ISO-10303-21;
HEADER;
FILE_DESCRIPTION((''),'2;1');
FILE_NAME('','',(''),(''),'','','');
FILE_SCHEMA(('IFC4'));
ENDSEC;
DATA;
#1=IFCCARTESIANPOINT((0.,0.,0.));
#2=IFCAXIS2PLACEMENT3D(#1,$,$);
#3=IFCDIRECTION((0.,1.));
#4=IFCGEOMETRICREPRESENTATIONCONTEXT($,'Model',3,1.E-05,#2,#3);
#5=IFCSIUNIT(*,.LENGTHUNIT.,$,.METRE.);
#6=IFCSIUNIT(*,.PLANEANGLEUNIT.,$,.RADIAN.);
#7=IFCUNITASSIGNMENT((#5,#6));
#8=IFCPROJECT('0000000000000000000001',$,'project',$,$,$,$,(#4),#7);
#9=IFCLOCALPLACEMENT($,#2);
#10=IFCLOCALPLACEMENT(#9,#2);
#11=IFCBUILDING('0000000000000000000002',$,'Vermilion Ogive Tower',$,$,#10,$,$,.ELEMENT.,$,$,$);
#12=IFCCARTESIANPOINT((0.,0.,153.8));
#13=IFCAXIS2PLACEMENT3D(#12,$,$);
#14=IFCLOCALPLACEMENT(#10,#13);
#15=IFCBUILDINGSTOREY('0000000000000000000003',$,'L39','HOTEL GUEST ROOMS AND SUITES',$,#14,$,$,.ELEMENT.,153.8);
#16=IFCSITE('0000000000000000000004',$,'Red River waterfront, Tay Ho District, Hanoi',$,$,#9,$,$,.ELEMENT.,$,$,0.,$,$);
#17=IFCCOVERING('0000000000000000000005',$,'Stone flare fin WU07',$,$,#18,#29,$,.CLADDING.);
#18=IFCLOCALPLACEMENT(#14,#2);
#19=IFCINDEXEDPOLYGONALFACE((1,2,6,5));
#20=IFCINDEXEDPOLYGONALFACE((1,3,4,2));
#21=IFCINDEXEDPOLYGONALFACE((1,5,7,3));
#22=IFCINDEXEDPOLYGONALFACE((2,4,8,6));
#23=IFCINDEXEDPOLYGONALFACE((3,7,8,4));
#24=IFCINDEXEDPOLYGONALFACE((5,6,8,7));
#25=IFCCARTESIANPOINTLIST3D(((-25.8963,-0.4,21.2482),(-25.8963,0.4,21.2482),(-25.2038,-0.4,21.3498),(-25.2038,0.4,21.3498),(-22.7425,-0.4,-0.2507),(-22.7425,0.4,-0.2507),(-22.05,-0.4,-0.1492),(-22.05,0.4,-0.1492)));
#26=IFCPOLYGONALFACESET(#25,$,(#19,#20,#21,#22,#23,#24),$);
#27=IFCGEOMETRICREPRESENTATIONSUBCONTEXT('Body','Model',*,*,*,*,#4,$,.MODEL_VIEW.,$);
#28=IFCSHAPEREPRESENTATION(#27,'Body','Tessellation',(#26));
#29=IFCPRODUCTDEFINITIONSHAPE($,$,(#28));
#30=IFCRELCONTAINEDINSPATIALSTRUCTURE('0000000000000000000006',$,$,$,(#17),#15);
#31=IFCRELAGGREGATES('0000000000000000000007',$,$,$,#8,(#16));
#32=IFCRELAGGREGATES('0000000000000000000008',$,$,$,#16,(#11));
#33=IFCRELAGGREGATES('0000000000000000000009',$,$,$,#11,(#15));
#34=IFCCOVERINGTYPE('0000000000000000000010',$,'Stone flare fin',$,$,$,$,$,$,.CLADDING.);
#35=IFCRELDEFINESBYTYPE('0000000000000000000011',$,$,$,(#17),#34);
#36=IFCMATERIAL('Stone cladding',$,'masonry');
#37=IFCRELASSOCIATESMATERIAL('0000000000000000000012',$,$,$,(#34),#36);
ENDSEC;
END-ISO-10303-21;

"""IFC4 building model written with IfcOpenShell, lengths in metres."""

from ifc_helpers import new_model, si_unit, direction, frame, origin, origin_2d, place, context, subcontext, project, spatial, rectangle, extrude, material, material_profile, profile_set, type_object, element, save


model = new_model("IFC4")

# Units and contexts
model_context = context("Model", 3, precision=1e-05, world=origin(), true_north=direction((0.0, 1.0)))
body_context = subcontext(model_context, "Body", "Model", "MODEL_VIEW")
ifc_project = project(units=[si_unit("LENGTHUNIT", "METRE"), si_unit("PLANEANGLEUNIT", "RADIAN")], contexts=[model_context])

# Site, building, storey
site_placement = place(None, origin())
site = spatial("IfcSite", under=ifc_project, at=site_placement, Name="Red River waterfront, Tay Ho District, Hanoi", CompositionType="ELEMENT", RefElevation=0.0)
building_placement = place(site_placement, origin())
building = spatial("IfcBuilding", under=site, at=building_placement, Name="Vermilion Ogive Tower", CompositionType="ELEMENT")
storey_placement = place(building_placement, frame((0.0, 0.0, 153.8)))
storey = spatial("IfcBuildingStorey", under=building, at=storey_placement, Name="L39", Description="HOTEL GUEST ROOMS AND SUITES", CompositionType="ELEMENT", Elevation=153.8)

# Covering
ifc_material_1 = material(Name="Stone cladding", Category="masonry")
ifc_material_profile_1 = material_profile(ifc_material_1, rectangle(XDim=0.8, YDim=0.7, at=origin_2d()), Name="STONE 800x700")
ifc_profile_set_1 = profile_set([ifc_material_profile_1], Name="Stone cladding")
covering_type = type_object("IfcCoveringType", Name="Stone flare fin", PredefinedType="CLADDING", material=ifc_profile_set_1)
for number, where, z_axis, x_axis, name in (
    (1, (-22.3962, 0.0, -0.2), (-0.145142, 0.0, 0.989411), (0.0, -1.0, 0.0), "Stone flare fin WU07"),
):
    element("IfcCovering", number, at=place(storey_placement, frame(where, z_axis=z_axis, x_axis=x_axis)), inside=storey, type_object=covering_type, Name=name, PredefinedType="CLADDING", context=body_context, shape_type="SweptSolid", body=[
        extrude(rectangle(XDim=0.8, YDim=0.7, at=origin_2d()), origin(), (0.0, 0.0, 1.0), 21.729),
    ])

save(model, "model.ifc")
